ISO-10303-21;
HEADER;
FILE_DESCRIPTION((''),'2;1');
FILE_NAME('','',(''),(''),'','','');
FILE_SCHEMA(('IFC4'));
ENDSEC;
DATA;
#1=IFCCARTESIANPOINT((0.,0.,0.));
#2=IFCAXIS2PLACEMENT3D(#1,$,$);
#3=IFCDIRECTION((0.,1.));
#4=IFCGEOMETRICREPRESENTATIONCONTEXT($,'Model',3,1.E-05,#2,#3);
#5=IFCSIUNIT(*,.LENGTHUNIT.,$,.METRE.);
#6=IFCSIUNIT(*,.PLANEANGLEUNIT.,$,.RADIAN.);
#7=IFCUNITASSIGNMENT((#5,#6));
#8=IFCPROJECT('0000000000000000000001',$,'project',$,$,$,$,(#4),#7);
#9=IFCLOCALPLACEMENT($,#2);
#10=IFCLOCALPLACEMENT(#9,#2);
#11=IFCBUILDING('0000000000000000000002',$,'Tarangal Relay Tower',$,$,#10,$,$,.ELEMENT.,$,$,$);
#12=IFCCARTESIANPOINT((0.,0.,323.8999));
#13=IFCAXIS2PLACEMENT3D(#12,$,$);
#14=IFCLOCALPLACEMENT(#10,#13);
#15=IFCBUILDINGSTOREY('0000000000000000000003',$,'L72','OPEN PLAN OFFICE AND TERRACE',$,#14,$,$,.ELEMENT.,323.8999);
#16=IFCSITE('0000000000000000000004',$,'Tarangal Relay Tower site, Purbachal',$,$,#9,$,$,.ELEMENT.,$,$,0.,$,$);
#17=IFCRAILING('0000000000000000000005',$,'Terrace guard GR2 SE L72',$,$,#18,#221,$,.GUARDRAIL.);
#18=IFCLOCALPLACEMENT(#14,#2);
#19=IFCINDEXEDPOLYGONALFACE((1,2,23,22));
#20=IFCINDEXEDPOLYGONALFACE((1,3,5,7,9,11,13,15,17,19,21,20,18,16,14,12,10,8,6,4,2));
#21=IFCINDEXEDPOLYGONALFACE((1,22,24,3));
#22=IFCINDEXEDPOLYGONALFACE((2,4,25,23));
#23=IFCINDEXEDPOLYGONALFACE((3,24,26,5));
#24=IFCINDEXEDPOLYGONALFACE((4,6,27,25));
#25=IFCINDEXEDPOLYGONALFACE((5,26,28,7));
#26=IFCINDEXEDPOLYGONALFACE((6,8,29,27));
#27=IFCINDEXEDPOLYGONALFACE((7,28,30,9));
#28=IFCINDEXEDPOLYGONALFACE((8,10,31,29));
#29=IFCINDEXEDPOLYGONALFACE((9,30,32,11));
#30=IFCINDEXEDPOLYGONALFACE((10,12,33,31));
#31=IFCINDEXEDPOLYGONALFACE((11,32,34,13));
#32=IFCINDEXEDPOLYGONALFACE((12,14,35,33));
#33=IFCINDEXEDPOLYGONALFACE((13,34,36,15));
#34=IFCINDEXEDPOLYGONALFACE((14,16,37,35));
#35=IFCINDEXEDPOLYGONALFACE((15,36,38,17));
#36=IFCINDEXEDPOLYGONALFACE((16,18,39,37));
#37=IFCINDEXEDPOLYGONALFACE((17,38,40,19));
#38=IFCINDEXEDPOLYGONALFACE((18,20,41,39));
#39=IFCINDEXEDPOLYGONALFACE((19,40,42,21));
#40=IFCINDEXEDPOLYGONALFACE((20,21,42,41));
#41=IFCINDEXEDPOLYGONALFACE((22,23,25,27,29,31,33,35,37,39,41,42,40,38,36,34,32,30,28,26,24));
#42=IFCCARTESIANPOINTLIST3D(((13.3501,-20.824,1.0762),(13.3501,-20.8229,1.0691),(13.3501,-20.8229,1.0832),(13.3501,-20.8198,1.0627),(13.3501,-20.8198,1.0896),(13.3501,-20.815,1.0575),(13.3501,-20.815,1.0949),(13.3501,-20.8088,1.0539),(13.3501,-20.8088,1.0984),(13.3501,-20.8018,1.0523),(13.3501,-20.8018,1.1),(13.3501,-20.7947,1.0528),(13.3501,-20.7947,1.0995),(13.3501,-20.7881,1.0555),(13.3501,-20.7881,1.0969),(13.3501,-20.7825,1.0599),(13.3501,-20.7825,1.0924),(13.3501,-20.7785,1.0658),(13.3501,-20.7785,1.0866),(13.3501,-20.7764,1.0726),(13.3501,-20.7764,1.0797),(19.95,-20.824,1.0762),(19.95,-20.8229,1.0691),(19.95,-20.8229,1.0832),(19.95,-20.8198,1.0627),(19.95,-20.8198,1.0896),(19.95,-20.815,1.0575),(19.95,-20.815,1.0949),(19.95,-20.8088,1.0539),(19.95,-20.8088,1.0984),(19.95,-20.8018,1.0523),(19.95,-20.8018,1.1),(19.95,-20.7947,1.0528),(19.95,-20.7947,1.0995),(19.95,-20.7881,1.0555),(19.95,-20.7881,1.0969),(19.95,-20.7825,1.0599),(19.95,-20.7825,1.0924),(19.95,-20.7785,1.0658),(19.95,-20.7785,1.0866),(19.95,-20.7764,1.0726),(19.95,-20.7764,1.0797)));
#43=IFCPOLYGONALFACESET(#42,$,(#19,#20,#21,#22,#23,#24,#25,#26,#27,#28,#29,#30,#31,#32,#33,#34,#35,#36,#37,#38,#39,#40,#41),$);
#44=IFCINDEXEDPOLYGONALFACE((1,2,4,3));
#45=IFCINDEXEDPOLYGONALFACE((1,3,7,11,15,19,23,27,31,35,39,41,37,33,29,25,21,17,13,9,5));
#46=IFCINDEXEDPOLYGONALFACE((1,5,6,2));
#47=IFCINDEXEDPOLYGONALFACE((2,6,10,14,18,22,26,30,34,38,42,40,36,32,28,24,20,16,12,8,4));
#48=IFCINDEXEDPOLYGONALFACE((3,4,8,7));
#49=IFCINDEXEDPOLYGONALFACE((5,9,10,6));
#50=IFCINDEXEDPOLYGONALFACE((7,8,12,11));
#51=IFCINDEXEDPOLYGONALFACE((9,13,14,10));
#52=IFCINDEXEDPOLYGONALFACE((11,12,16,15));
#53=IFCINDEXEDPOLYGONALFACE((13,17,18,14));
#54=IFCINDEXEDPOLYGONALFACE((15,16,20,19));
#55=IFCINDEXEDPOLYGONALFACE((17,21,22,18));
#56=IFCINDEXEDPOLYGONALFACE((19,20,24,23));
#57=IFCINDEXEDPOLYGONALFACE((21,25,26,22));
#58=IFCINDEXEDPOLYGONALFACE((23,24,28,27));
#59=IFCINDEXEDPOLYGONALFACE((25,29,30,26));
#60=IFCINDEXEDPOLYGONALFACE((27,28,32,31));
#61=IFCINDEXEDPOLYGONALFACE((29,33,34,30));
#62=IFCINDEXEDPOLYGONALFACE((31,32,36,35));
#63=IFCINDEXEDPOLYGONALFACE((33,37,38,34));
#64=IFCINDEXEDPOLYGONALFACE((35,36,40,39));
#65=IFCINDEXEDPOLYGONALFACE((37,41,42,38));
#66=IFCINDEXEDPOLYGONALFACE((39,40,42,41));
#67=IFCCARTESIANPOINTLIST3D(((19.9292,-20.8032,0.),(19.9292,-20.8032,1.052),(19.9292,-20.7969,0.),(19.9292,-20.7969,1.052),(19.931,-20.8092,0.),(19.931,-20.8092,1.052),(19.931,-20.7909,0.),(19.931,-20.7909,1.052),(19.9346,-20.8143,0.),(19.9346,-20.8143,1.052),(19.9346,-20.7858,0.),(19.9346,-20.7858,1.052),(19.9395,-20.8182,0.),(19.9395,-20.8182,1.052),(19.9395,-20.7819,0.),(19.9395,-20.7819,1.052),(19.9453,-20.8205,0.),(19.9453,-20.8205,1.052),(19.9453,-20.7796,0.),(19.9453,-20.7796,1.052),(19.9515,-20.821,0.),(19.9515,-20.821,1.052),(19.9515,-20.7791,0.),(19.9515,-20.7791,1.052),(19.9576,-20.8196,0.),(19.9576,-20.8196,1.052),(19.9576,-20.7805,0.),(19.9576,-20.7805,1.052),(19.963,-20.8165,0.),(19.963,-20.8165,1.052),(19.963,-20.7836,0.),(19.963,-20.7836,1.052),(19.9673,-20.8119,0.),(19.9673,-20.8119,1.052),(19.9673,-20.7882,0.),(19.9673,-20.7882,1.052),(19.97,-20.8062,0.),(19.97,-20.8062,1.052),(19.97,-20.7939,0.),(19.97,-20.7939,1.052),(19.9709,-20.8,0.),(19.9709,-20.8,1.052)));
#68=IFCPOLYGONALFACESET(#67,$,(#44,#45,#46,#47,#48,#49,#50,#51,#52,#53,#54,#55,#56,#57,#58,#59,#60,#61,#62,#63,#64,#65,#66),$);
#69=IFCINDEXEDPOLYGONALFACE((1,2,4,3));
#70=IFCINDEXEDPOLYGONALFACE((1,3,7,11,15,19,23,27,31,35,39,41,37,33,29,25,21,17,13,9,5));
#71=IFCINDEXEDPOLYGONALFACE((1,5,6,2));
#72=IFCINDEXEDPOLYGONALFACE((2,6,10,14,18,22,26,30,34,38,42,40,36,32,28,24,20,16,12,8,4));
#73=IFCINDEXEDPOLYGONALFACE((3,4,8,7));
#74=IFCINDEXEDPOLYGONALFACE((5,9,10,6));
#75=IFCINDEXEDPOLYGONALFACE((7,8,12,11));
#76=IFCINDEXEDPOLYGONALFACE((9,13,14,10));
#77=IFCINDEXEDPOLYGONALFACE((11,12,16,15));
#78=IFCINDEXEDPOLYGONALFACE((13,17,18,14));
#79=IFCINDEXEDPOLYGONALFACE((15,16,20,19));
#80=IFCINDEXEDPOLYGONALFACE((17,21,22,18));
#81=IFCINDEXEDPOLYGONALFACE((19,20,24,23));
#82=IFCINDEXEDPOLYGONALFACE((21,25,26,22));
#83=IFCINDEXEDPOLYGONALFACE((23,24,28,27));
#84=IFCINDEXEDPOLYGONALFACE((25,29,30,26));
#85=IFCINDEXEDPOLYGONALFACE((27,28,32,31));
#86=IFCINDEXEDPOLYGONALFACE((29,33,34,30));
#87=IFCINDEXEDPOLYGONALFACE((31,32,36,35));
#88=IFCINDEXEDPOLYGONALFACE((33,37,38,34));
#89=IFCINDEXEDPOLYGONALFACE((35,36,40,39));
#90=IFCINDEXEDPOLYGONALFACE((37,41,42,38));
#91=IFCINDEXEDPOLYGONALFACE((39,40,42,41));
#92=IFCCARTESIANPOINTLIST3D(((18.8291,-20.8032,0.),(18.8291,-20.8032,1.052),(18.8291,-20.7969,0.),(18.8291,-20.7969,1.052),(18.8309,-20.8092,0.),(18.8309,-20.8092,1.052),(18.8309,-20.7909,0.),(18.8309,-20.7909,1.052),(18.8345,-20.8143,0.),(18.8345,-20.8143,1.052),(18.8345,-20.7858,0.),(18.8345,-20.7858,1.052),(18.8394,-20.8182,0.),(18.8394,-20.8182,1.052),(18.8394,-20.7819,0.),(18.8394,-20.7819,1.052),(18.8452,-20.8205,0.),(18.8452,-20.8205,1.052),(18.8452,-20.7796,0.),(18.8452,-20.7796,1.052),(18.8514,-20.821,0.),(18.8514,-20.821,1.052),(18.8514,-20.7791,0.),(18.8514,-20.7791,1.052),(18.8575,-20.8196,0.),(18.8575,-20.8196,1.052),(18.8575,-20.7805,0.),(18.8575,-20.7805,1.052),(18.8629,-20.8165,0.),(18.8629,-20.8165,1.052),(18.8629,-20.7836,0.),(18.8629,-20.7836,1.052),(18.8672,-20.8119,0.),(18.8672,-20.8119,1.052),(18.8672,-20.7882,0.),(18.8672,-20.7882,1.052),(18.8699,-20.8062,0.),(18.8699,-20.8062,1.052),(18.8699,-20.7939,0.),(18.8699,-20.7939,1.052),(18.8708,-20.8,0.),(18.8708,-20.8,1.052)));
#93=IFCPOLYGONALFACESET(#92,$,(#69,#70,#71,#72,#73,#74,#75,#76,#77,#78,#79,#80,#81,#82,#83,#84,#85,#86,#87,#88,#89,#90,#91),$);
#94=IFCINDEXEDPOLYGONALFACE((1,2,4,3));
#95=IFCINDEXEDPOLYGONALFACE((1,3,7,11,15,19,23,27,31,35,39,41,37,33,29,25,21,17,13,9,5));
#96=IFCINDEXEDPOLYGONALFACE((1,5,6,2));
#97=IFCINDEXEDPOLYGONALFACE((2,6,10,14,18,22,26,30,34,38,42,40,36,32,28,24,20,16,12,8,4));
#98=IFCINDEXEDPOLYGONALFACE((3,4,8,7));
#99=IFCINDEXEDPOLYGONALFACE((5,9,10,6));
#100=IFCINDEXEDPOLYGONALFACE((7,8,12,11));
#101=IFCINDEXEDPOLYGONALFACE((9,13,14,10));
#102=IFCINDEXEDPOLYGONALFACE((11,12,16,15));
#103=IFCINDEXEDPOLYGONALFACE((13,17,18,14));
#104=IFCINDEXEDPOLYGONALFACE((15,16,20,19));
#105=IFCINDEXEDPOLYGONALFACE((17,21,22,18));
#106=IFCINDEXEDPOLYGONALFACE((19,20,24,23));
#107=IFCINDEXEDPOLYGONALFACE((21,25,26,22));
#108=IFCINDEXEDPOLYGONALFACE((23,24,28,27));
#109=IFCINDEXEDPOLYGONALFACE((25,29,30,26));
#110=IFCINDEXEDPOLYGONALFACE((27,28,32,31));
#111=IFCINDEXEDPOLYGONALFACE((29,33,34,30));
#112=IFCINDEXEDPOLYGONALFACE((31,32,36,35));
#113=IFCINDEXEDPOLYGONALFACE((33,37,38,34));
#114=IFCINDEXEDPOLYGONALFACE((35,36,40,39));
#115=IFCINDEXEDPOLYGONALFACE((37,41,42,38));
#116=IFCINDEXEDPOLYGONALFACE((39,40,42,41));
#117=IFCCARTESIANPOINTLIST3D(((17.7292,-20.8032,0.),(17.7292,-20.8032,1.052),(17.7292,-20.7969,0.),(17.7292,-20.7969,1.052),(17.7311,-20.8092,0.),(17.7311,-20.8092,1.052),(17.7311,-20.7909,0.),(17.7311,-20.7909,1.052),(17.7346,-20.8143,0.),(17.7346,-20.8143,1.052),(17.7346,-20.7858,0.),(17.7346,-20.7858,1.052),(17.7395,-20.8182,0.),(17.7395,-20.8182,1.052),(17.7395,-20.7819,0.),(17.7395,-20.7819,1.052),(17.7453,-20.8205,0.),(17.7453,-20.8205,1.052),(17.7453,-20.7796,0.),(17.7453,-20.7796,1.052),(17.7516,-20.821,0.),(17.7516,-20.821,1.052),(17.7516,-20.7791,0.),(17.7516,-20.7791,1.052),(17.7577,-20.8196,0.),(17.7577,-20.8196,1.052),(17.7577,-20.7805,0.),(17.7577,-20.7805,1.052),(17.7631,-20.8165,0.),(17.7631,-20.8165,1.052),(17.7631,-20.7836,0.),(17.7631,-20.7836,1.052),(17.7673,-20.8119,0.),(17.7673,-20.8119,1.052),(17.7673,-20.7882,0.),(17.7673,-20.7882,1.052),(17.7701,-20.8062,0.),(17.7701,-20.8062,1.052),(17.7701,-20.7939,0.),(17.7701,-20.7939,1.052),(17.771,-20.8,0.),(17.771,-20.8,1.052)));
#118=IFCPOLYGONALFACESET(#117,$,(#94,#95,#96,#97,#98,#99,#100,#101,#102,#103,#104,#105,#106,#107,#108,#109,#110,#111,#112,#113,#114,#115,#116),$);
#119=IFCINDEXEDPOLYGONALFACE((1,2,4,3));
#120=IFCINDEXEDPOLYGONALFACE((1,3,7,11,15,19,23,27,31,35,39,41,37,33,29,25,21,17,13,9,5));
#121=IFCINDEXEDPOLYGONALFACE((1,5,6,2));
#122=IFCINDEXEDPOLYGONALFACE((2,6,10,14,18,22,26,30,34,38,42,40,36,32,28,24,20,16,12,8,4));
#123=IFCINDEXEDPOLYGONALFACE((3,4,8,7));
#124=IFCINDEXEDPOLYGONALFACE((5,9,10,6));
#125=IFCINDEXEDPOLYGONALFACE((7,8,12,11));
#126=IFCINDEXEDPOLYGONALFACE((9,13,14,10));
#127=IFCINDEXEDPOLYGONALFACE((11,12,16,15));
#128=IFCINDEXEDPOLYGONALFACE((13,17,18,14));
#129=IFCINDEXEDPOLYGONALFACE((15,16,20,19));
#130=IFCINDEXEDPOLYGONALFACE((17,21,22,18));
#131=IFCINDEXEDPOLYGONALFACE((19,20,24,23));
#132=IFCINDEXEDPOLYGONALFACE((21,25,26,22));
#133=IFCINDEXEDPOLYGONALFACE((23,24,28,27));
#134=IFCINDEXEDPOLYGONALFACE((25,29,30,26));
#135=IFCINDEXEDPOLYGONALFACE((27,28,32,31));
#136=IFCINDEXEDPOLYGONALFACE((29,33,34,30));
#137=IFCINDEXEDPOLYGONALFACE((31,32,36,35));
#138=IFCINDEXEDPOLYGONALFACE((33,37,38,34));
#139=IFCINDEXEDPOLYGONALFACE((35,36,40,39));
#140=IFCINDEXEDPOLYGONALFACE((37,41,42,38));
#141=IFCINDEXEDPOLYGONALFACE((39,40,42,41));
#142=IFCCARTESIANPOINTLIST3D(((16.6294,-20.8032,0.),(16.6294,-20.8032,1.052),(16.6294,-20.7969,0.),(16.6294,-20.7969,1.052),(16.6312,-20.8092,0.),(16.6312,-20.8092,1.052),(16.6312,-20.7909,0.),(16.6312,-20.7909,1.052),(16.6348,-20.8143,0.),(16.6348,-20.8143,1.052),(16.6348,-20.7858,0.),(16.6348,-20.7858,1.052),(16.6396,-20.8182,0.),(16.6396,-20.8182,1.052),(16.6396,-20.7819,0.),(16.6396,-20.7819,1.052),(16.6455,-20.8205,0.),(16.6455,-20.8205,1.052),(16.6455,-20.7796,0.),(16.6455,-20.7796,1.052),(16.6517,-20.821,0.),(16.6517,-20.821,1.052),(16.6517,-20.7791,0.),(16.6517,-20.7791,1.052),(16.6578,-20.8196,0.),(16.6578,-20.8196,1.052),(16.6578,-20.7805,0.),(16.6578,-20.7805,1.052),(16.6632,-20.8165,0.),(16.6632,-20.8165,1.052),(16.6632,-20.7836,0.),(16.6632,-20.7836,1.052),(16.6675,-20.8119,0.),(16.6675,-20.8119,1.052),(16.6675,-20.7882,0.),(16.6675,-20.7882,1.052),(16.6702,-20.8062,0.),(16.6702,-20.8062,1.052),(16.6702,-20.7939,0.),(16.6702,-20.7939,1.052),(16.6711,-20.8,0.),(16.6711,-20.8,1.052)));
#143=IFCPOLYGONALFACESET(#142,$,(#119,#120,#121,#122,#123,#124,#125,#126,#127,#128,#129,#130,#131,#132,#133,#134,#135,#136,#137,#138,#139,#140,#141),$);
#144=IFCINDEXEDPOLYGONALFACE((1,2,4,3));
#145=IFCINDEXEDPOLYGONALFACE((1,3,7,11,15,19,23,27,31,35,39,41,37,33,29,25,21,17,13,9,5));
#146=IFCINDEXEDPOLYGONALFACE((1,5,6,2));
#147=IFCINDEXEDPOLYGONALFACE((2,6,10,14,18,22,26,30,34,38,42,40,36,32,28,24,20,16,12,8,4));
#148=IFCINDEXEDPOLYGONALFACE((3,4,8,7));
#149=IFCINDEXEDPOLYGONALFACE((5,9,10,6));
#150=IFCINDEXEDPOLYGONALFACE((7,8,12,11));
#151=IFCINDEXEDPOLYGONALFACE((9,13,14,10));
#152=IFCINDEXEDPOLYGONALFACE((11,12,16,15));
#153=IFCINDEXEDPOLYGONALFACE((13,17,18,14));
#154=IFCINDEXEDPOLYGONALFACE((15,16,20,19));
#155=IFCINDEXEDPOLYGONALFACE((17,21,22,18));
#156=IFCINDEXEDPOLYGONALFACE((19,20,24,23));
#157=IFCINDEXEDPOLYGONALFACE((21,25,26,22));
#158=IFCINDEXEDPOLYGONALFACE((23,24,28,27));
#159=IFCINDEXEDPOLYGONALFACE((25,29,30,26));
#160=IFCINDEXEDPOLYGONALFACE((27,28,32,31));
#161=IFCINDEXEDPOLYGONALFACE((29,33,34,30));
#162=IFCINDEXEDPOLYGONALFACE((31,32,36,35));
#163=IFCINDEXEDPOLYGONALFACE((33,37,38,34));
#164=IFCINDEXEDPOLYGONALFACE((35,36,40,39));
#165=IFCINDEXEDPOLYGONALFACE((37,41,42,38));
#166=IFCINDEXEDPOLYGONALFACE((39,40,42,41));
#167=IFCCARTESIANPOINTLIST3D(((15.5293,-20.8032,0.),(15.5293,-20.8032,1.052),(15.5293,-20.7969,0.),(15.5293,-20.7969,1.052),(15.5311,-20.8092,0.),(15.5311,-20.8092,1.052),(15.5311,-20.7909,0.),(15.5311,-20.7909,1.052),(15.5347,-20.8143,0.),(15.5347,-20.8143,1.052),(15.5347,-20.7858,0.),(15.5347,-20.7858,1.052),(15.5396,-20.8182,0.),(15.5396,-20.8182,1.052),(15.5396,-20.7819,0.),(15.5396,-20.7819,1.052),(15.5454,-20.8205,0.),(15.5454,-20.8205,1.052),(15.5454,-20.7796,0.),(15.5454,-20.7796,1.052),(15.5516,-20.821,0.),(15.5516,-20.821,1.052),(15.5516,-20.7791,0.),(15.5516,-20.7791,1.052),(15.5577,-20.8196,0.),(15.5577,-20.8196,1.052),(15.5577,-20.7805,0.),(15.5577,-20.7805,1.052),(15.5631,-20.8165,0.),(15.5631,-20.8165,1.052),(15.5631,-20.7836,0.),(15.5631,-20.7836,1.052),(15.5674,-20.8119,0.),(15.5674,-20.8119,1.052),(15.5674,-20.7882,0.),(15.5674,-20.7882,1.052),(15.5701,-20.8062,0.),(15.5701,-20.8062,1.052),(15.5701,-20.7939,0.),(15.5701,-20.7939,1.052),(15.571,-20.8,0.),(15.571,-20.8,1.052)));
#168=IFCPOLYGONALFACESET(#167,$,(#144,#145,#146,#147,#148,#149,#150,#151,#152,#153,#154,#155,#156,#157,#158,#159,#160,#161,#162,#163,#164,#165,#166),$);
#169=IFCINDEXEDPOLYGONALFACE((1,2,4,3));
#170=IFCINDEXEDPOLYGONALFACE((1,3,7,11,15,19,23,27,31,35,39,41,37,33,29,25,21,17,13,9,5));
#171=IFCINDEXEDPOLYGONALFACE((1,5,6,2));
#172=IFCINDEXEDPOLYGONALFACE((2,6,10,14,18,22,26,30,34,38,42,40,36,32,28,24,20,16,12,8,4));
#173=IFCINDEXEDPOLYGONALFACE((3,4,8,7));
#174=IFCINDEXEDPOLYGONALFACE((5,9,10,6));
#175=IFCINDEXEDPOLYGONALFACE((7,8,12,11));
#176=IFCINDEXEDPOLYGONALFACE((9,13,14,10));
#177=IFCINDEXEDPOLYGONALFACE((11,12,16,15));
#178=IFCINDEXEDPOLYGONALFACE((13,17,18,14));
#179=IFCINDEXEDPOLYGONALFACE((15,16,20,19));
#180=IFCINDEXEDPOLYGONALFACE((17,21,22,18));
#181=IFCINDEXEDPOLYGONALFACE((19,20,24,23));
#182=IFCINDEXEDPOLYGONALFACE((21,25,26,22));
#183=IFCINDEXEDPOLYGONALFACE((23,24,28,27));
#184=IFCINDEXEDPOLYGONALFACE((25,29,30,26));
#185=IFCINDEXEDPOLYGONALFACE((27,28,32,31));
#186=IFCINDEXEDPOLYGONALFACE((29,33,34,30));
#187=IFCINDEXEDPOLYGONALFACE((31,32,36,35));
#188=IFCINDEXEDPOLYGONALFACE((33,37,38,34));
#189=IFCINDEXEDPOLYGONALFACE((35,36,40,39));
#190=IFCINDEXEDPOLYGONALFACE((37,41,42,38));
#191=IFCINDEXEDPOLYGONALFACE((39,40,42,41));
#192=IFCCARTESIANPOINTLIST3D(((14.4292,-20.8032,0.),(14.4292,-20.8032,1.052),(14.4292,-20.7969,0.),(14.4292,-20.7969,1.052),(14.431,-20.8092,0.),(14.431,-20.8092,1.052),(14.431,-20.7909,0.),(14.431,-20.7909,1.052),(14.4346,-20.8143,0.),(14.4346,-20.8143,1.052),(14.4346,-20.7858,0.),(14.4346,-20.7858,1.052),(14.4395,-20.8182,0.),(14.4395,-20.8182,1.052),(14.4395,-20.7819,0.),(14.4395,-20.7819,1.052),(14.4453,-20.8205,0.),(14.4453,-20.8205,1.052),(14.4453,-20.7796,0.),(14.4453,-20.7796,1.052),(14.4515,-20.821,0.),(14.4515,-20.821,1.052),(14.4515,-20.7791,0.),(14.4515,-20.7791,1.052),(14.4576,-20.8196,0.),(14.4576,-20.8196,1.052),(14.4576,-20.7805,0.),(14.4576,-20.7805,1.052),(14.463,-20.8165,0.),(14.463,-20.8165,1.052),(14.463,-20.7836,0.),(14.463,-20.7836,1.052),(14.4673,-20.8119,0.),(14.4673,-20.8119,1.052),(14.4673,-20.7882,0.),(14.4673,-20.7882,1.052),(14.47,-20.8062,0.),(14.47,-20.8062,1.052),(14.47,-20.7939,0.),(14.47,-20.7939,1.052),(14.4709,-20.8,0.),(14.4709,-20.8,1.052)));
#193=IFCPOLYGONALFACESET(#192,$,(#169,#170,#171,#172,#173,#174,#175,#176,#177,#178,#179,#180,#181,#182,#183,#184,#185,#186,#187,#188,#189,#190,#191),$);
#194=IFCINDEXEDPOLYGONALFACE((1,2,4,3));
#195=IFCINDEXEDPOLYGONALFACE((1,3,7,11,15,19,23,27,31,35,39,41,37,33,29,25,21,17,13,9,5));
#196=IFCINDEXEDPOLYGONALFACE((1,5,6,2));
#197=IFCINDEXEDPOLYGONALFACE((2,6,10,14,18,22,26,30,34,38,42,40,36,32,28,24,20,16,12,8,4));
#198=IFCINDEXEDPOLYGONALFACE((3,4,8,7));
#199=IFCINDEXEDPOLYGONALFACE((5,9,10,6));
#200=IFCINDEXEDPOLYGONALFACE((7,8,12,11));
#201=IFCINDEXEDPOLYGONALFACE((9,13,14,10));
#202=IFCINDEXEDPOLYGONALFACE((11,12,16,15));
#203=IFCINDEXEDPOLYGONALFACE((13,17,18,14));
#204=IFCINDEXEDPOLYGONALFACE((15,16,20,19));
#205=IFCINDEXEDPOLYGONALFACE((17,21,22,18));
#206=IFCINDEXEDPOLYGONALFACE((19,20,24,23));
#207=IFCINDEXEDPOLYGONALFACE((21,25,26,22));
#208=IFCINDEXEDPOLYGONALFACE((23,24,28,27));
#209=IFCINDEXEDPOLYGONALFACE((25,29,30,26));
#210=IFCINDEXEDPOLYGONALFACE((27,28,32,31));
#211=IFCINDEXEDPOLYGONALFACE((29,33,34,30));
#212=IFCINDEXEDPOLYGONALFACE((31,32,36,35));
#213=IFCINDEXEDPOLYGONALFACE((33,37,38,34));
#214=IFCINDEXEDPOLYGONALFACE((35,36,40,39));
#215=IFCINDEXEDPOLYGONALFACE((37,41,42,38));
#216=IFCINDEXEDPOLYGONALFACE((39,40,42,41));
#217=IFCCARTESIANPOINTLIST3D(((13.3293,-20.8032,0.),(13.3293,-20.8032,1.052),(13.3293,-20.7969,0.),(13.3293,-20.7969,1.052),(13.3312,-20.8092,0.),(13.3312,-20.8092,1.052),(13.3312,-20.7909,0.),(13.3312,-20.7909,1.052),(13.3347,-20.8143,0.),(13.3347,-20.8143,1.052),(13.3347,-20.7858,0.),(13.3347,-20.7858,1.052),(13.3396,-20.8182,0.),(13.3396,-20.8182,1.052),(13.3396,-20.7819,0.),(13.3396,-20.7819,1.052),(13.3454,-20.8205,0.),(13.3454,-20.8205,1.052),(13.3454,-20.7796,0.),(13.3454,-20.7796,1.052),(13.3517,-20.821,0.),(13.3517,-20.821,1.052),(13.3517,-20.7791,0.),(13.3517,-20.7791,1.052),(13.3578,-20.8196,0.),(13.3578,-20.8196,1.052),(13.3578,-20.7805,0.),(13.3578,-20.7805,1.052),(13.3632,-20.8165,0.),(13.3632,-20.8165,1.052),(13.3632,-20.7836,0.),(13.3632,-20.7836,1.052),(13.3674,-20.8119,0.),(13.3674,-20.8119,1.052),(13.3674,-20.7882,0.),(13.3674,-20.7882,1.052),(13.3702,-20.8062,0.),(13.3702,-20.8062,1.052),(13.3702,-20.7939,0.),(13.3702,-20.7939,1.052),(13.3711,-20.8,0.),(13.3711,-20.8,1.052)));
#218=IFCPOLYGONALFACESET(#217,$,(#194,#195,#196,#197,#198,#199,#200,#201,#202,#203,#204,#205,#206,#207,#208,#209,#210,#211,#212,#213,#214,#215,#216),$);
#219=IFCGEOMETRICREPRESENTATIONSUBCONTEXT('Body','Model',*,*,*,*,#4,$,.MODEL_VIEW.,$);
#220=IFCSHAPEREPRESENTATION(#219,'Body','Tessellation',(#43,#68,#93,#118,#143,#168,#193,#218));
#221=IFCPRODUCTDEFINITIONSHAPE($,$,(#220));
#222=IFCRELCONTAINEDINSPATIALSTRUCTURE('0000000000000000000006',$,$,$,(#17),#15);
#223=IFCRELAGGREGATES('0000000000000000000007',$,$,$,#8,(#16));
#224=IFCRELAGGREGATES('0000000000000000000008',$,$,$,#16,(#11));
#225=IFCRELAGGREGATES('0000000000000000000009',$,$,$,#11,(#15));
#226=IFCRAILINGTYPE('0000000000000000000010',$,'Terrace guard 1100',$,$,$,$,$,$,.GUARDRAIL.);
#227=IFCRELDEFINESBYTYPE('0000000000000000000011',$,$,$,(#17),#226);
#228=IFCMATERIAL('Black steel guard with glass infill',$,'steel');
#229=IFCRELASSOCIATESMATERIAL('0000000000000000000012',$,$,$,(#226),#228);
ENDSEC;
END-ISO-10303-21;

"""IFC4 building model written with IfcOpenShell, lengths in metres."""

from ifc_helpers import new_model, si_unit, direction, frame, origin, origin_2d, place, context, subcontext, project, spatial, circle, extrude, material, type_object, element, save


model = new_model("IFC4")

# Units and contexts
model_context = context("Model", 3, precision=1e-05, world=origin(), true_north=direction((0.0, 1.0)))
body_context = subcontext(model_context, "Body", "Model", "MODEL_VIEW")
ifc_project = project(units=[si_unit("LENGTHUNIT", "METRE"), si_unit("PLANEANGLEUNIT", "RADIAN")], contexts=[model_context])

# Site, building, storey
site_placement = place(None, origin())
site = spatial("IfcSite", under=ifc_project, at=site_placement, Name="Tarangal Relay Tower site, Purbachal", CompositionType="ELEMENT", RefElevation=0.0)
building_placement = place(site_placement, origin())
building = spatial("IfcBuilding", under=site, at=building_placement, Name="Tarangal Relay Tower", CompositionType="ELEMENT")
storey_placement = place(building_placement, frame((0.0, 0.0, 323.8999)))
storey = spatial("IfcBuildingStorey", under=building, at=storey_placement, Name="L72", Description="OPEN PLAN OFFICE AND TERRACE", CompositionType="ELEMENT", Elevation=323.8999)

# Railing
ifc_material_1 = material(Name="Black steel guard with glass infill", Category="steel")
railing_type = type_object("IfcRailingType", Name="Terrace guard 1100", PredefinedType="GUARDRAIL", material=ifc_material_1)
railing_1_placement = place(storey_placement, frame((19.95, -20.8, 0.0)))
element("IfcRailing", 1, at=railing_1_placement, inside=storey, type_object=railing_type, Name="Terrace guard GR2 SE L72", PredefinedType="GUARDRAIL", context=body_context, shape_type="SweptSolid", body=[
    extrude(circle(Radius=0.0239, at=origin_2d()), frame((0.0, 0.0, 1.0762), z_axis=(-1.0, 0.0, 0.0), x_axis=(0.0, -1.0, 0.0)), (0.0, 0.0, 1.0), 6.5999),
    extrude(circle(Radius=0.021, at=origin_2d()), origin(), (0.0, 0.0, 1.0), 1.052),
    extrude(circle(Radius=0.021, at=origin_2d()), frame((-1.1001, 0.0, 0.0)), (0.0, 0.0, 1.0), 1.052),
    extrude(circle(Radius=0.021, at=origin_2d()), frame((-2.2, 0.0, 0.0)), (0.0, 0.0, 1.0), 1.052),
    extrude(circle(Radius=0.021, at=origin_2d()), frame((-3.2998, 0.0, 0.0)), (0.0, 0.0, 1.0), 1.052),
    extrude(circle(Radius=0.021, at=origin_2d()), frame((-4.3999, 0.0, 0.0)), (0.0, 0.0, 1.0), 1.052),
    extrude(circle(Radius=0.021, at=origin_2d()), frame((-5.5, 0.0, 0.0)), (0.0, 0.0, 1.0), 1.052),
    extrude(circle(Radius=0.021, at=origin_2d()), frame((-6.5999, 0.0, 0.0)), (0.0, 0.0, 1.0), 1.052),
])

save(model, "model.ifc")
